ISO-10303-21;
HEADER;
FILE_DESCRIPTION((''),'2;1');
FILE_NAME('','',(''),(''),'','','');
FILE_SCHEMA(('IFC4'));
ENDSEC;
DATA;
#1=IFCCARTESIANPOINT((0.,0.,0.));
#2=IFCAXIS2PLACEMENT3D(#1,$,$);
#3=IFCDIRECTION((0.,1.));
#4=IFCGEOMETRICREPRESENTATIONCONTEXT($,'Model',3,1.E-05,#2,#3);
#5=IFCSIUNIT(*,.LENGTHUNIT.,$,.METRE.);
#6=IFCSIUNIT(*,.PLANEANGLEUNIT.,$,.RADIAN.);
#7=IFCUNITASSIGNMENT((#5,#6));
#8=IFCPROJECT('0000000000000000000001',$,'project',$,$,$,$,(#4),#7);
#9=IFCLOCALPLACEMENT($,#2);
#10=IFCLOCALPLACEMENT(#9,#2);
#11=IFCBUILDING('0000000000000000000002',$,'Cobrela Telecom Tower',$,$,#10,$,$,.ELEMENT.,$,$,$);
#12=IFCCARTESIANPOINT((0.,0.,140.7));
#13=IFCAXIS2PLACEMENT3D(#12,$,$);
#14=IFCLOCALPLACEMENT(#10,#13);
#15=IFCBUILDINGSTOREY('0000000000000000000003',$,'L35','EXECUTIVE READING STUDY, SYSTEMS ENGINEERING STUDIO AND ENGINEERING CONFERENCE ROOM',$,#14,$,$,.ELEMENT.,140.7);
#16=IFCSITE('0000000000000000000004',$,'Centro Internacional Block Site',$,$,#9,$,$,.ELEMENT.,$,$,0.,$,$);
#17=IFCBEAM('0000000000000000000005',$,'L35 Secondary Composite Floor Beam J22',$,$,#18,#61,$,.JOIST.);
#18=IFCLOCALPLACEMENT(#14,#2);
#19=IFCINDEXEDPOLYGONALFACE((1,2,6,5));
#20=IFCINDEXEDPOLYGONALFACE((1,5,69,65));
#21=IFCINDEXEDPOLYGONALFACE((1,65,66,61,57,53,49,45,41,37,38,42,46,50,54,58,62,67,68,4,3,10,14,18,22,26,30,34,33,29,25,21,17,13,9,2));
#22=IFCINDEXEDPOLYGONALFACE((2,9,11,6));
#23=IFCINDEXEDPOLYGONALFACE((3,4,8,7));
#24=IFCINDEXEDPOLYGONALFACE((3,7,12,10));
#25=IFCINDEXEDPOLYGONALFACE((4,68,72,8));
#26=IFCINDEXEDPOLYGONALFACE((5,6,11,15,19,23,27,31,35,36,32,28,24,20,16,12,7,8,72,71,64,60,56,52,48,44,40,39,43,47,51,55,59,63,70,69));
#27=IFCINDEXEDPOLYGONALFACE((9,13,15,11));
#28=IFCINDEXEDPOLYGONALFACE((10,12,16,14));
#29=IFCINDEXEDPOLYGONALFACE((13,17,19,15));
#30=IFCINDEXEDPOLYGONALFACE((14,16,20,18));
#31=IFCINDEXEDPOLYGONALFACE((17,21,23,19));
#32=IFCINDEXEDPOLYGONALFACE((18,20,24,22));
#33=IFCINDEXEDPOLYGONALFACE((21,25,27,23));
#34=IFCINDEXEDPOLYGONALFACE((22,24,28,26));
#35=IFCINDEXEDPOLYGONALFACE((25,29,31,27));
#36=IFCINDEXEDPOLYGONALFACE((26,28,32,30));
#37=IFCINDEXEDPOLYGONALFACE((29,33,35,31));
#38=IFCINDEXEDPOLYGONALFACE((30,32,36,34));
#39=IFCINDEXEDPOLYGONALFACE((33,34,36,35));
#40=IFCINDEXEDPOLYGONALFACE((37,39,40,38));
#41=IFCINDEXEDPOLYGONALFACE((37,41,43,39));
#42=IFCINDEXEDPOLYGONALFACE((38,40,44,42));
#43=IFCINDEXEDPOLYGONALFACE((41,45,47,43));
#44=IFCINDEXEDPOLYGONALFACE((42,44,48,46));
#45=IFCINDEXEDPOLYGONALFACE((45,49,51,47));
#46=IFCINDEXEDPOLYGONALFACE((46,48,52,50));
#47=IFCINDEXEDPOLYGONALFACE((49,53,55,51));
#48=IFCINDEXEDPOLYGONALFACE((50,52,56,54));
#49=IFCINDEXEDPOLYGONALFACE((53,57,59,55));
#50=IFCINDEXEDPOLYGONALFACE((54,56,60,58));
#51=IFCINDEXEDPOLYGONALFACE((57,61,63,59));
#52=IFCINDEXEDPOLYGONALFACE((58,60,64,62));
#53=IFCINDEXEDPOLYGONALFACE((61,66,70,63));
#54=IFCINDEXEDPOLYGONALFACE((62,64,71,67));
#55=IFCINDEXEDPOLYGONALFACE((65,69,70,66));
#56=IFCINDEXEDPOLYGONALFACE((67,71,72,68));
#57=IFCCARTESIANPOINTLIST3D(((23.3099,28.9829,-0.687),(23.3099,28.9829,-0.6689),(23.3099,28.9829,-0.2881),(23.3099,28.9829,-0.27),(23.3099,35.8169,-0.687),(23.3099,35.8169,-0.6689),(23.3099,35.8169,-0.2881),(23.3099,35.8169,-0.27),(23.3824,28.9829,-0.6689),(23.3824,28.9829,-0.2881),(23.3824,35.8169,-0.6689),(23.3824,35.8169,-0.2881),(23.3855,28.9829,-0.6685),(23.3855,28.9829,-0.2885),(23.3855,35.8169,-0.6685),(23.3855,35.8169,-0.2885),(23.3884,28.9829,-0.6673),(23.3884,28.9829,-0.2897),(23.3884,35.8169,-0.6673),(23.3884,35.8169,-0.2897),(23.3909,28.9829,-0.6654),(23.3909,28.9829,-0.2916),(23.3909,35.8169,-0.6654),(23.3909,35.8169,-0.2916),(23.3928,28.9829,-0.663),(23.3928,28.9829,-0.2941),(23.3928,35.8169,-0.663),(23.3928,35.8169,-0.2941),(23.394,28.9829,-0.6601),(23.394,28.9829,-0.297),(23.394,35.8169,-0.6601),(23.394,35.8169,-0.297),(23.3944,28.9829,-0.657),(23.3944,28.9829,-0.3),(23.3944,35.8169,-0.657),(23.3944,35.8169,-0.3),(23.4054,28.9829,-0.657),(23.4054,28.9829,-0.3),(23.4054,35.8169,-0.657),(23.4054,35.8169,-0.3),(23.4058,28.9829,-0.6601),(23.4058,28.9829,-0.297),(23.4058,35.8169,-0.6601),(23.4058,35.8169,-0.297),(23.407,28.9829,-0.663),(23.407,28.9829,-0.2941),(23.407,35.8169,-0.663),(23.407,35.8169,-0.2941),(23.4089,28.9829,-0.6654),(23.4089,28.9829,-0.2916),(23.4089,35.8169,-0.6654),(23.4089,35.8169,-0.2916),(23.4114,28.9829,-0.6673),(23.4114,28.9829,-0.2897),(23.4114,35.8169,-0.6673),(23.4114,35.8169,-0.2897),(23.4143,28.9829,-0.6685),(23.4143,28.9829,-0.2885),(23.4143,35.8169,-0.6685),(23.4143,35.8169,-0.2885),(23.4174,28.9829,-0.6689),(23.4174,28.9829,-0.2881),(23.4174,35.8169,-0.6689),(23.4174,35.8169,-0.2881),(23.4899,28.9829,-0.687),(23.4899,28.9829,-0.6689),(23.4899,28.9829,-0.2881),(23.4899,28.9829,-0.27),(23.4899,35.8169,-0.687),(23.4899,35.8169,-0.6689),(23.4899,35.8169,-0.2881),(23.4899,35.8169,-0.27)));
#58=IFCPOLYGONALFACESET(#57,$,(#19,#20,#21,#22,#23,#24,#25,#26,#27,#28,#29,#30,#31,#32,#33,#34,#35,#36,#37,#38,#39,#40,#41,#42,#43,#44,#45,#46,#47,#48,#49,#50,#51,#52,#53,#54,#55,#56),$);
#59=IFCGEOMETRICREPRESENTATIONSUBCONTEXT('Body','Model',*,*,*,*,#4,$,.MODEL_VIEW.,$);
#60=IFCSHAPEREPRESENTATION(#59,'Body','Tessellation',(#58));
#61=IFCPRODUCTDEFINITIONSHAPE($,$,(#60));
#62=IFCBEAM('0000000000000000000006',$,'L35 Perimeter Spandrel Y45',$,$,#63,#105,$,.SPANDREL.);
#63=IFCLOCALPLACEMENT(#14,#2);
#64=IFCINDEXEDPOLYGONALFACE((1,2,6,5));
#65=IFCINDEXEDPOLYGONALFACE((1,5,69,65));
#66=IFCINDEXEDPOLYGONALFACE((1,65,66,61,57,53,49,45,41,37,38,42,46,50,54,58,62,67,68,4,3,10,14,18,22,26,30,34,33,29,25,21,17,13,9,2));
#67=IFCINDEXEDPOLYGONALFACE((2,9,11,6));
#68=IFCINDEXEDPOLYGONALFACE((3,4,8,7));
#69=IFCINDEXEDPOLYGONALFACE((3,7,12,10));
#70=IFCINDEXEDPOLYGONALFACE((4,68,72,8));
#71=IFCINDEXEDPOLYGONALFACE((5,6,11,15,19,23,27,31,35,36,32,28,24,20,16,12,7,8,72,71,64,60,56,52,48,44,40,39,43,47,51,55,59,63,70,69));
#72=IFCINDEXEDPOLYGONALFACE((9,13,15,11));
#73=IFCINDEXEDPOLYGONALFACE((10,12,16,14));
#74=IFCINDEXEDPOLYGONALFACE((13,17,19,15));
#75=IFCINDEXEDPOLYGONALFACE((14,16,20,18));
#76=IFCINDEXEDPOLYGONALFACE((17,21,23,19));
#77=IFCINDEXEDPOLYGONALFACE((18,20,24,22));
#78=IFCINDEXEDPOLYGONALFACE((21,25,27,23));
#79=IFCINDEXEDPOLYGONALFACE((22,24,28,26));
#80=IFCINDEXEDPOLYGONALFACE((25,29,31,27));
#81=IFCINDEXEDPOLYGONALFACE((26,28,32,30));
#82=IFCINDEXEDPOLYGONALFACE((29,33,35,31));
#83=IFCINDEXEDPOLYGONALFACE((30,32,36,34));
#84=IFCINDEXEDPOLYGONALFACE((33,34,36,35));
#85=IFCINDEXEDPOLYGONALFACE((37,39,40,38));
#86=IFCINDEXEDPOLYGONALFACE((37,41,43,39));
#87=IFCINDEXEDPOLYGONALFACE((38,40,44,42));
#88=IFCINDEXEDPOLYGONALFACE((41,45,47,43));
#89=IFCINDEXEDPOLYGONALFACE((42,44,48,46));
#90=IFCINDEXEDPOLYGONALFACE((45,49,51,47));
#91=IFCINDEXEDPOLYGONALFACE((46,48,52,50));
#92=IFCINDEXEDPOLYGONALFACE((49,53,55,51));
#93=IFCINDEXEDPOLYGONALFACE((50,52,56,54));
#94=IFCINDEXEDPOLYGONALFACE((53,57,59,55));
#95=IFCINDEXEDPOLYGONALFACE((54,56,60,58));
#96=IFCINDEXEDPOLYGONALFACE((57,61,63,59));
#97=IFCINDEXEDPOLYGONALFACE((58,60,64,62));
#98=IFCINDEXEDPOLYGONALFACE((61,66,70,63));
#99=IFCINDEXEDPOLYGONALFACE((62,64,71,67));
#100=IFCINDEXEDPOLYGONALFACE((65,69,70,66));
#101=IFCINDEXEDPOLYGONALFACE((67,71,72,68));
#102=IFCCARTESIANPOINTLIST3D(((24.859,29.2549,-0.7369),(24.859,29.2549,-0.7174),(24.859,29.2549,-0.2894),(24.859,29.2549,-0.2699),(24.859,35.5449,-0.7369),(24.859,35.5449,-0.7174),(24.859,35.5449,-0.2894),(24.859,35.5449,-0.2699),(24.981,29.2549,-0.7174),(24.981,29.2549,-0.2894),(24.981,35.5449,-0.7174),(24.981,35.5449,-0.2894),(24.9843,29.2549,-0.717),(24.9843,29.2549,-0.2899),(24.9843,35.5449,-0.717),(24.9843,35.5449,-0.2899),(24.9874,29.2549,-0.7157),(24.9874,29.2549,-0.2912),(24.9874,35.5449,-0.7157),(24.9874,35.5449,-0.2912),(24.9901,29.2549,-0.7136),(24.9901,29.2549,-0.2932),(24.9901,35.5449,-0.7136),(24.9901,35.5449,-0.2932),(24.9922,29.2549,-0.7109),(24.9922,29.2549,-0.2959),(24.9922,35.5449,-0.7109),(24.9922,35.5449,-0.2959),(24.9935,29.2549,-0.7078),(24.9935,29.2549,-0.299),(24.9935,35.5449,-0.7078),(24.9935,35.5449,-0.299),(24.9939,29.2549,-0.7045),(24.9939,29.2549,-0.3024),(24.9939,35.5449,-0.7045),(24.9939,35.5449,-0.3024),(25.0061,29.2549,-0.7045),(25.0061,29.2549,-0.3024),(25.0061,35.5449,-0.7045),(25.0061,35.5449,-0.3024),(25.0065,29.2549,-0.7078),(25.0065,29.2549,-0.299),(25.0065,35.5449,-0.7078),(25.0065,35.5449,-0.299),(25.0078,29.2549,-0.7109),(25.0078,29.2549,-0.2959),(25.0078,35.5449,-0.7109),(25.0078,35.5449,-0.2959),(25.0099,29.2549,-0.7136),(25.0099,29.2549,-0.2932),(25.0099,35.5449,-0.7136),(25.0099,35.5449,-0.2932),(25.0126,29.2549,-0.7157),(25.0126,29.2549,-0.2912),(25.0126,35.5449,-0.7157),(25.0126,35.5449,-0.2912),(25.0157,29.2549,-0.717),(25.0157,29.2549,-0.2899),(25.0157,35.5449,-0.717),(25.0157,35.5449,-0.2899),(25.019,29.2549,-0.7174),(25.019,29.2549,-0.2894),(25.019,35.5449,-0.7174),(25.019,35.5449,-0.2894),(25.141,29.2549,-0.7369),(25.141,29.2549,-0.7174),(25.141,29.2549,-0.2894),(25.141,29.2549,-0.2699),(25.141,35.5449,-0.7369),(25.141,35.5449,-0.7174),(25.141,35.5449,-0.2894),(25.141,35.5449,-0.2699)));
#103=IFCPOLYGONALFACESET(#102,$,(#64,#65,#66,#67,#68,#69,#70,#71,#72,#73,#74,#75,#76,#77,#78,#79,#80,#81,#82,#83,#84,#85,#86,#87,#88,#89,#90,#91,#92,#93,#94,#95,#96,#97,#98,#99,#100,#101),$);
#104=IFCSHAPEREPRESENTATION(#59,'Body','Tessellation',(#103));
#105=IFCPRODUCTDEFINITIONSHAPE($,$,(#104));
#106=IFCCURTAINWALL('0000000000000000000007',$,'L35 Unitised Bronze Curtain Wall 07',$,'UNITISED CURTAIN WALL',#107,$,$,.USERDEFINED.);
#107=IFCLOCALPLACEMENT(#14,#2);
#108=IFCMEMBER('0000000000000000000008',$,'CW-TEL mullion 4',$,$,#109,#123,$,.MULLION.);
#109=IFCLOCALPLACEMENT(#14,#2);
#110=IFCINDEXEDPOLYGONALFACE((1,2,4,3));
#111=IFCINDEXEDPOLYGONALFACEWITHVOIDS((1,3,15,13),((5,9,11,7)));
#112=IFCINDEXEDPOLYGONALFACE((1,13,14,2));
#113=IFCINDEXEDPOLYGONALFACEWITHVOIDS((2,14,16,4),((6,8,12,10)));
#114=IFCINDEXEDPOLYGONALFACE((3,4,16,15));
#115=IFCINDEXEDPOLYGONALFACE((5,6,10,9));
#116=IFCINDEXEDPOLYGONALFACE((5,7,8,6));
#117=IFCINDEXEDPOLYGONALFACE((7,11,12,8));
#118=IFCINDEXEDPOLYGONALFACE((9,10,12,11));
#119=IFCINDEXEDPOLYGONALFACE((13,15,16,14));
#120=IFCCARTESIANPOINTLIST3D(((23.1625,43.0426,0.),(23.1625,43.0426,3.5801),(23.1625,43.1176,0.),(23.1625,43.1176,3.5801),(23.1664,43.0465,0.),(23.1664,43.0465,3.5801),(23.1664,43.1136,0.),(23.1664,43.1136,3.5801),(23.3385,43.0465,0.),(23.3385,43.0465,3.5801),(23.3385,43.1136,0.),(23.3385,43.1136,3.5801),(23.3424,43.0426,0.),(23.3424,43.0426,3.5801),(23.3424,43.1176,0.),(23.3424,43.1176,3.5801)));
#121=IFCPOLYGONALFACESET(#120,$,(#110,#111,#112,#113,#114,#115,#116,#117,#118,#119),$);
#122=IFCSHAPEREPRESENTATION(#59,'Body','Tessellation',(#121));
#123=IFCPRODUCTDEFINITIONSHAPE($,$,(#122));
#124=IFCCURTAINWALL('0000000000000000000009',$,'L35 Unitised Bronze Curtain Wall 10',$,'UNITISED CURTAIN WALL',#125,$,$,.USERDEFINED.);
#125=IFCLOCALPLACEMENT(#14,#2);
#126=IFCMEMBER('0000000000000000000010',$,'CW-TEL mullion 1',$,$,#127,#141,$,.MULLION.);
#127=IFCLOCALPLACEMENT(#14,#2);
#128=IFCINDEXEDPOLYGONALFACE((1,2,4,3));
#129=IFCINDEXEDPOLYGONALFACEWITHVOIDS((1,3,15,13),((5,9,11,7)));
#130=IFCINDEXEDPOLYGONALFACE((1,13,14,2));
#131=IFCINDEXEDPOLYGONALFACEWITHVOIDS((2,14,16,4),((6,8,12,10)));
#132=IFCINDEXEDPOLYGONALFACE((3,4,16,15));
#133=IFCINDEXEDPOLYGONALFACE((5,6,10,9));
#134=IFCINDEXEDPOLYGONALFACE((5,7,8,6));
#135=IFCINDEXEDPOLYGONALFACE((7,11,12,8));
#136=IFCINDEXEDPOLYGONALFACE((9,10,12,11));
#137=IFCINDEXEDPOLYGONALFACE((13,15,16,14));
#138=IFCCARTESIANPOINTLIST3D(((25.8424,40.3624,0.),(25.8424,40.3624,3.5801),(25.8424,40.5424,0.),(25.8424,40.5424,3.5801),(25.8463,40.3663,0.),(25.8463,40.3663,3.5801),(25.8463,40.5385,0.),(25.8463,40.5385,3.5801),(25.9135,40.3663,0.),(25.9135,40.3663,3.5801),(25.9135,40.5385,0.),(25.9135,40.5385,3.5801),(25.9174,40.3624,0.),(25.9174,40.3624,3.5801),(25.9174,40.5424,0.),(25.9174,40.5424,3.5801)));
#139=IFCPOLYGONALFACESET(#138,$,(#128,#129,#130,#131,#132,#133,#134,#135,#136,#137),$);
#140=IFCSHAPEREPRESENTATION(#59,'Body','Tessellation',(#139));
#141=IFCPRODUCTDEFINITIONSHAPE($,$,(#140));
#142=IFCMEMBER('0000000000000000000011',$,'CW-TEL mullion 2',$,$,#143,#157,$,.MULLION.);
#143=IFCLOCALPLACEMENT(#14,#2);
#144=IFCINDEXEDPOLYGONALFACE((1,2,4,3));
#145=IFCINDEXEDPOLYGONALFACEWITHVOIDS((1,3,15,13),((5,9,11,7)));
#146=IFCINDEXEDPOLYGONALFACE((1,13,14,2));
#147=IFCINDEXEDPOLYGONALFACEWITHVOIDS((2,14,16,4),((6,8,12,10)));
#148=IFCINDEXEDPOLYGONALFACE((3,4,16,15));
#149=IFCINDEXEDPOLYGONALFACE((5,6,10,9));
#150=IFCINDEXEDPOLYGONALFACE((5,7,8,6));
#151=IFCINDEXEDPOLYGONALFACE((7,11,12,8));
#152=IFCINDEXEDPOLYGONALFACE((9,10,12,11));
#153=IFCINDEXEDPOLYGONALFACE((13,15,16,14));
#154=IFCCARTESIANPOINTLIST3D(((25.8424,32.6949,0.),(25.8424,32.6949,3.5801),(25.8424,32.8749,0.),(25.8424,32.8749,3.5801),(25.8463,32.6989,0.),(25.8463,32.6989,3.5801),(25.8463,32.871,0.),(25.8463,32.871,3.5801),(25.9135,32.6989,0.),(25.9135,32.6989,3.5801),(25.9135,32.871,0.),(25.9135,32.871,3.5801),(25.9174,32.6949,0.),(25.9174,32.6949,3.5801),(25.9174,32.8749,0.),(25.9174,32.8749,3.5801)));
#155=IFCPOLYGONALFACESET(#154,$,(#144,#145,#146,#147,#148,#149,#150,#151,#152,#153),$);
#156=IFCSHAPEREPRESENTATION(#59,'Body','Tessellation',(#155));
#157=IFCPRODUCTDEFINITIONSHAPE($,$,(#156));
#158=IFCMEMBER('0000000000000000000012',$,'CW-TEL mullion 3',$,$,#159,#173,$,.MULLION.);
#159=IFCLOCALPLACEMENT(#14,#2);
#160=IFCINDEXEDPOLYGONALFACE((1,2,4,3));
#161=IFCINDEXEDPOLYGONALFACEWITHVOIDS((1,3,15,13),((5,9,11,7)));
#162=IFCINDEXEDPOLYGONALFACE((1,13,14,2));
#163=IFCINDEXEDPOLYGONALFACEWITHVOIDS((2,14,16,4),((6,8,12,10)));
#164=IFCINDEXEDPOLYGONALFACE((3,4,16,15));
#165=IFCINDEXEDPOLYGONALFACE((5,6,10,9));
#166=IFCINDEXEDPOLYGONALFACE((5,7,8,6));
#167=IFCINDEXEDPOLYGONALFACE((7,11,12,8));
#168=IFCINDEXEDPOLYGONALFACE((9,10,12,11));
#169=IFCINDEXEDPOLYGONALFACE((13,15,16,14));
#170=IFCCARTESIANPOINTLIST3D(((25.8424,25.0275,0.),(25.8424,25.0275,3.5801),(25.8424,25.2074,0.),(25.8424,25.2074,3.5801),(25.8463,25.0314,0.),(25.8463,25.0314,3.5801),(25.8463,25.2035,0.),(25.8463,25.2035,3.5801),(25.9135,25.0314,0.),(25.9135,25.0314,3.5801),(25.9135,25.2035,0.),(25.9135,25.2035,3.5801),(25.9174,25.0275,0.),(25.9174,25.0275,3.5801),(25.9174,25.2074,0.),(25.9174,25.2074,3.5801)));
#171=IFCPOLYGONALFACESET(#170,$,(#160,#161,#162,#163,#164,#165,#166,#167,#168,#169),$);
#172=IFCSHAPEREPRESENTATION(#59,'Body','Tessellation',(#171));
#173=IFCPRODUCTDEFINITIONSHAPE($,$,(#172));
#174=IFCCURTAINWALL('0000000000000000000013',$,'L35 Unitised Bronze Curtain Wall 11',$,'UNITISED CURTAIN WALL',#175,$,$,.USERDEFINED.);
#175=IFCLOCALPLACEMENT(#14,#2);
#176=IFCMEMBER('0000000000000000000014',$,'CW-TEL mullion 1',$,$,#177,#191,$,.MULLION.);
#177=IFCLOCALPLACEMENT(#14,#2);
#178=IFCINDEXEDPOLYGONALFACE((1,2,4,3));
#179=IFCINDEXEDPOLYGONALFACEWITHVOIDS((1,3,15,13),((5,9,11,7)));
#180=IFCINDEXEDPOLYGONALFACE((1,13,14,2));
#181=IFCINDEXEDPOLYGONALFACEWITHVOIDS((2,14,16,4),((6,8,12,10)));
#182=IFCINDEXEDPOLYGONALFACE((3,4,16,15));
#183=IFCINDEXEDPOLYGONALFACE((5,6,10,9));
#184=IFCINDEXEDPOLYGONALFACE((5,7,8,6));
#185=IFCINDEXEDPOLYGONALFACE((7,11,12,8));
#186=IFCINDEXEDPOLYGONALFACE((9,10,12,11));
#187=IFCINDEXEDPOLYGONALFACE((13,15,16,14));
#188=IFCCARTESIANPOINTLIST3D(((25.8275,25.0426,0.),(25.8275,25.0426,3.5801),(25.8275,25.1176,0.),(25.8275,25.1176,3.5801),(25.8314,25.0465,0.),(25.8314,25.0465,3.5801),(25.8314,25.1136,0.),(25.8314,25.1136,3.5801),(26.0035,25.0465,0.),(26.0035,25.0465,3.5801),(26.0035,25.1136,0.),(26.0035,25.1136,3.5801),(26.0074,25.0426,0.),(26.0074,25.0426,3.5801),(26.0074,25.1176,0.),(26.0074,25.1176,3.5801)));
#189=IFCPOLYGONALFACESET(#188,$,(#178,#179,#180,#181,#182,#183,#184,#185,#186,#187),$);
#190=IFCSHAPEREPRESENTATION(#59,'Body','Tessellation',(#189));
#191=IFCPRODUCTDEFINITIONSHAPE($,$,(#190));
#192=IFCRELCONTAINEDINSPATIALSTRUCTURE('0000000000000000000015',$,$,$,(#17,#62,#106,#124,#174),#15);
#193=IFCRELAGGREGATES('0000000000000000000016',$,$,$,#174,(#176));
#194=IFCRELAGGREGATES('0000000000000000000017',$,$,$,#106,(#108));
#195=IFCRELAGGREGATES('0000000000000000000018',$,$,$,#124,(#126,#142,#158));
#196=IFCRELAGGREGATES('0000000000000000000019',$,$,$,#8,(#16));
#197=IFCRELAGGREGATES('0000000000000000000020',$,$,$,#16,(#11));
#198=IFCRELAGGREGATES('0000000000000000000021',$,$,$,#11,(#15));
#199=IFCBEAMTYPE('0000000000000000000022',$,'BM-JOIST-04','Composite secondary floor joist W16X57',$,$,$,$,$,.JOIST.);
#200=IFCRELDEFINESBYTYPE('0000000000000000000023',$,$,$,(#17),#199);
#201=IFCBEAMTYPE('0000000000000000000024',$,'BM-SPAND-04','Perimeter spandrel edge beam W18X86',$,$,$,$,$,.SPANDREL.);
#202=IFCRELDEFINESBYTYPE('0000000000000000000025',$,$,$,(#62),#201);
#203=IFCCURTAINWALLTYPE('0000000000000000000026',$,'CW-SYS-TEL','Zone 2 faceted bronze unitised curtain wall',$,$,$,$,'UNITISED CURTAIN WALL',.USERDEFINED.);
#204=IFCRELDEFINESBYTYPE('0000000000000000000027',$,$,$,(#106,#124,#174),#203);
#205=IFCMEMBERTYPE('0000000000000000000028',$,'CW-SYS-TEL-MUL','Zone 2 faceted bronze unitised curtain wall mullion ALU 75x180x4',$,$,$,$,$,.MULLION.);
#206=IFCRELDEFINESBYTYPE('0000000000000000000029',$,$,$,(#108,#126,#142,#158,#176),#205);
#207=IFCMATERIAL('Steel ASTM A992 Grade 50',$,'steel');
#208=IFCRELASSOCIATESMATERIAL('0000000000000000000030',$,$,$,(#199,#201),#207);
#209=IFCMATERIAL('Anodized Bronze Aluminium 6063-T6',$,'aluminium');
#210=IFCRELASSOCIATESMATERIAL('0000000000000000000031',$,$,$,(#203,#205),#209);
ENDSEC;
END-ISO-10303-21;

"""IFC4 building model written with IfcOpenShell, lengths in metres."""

from ifc_helpers import new_model, si_unit, direction, frame, origin, origin_2d, place, context, subcontext, project, spatial, hollow_rectangle, i_section, extrude, material, material_profile, profile_set, type_object, element, aggregate, save


model = new_model("IFC4")

# Units and contexts
model_context = context("Model", 3, precision=1e-05, world=origin(), true_north=direction((0.0, 1.0)))
body_context = subcontext(model_context, "Body", "Model", "MODEL_VIEW")
ifc_project = project(units=[si_unit("LENGTHUNIT", "METRE"), si_unit("PLANEANGLEUNIT", "RADIAN")], contexts=[model_context])

# Site, building, storey
site_placement = place(None, origin())
site = spatial("IfcSite", under=ifc_project, at=site_placement, Name="Centro Internacional Block Site", CompositionType="ELEMENT", RefElevation=0.0)
building_placement = place(site_placement, origin())
building = spatial("IfcBuilding", under=site, at=building_placement, Name="Cobrela Telecom Tower", CompositionType="ELEMENT")
storey_placement = place(building_placement, frame((0.0, 0.0, 140.7)))
storey = spatial("IfcBuildingStorey", under=building, at=storey_placement, Name="L35", Description="EXECUTIVE READING STUDY, SYSTEMS ENGINEERING STUDIO AND ENGINEERING CONFERENCE ROOM", CompositionType="ELEMENT", Elevation=140.7)

# Shared definitions
ifc_material_1 = material(Name="Steel ASTM A992 Grade 50", Category="steel")

# Beams
ifc_material_profile_1 = material_profile(ifc_material_1, i_section(OverallWidth=0.1799, OverallDepth=0.417, WebThickness=0.011, FlangeThickness=0.0181, FilletRadius=0.012, at=origin_2d()), Name="W16X57")
ifc_profile_set_1 = profile_set([ifc_material_profile_1], Name="Steel ASTM A992 Grade 50")
beam_type_1 = type_object("IfcBeamType", Name="BM-JOIST-04", Description="Composite secondary floor joist W16X57", PredefinedType="JOIST", material=ifc_profile_set_1)
for number, where, z_axis, x_axis, name in (
    (1, (23.3999, 28.9829, -0.4785), (0.0, 1.0, 0.0), (-1.0, 0.0, 0.0), "L35 Secondary Composite Floor Beam J22"),
):
    element("IfcBeam", number, at=place(storey_placement, frame(where, z_axis=z_axis, x_axis=x_axis)), inside=storey, type_object=beam_type_1, Name=name, PredefinedType="JOIST", context=body_context, shape_type="SweptSolid", body=[
        extrude(i_section(OverallWidth=0.1799, OverallDepth=0.417, WebThickness=0.011, FlangeThickness=0.0181, FilletRadius=0.012, at=origin_2d()), origin(), (0.0, 0.0, 1.0), 6.834),
    ])
ifc_material_profile_2 = material_profile(ifc_material_1, i_section(OverallWidth=0.282, OverallDepth=0.467, WebThickness=0.0122, FlangeThickness=0.0195, FilletRadius=0.0129, at=origin_2d()), Name="W18X86")
ifc_profile_set_2 = profile_set([ifc_material_profile_2], Name="Steel ASTM A992 Grade 50")
beam_type_2 = type_object("IfcBeamType", Name="BM-SPAND-04", Description="Perimeter spandrel edge beam W18X86", PredefinedType="SPANDREL", material=ifc_profile_set_2)
beam_1_placement = place(storey_placement, frame((25.0, 29.2549, -0.5034), z_axis=(0.0, 1.0, 0.0), x_axis=(-1.0, 0.0, 0.0)))
element("IfcBeam", 2, at=beam_1_placement, inside=storey, type_object=beam_type_2, Name="L35 Perimeter Spandrel Y45", PredefinedType="SPANDREL", context=body_context, shape_type="SweptSolid", body=[
    extrude(i_section(OverallWidth=0.282, OverallDepth=0.467, WebThickness=0.0122, FlangeThickness=0.0195, FilletRadius=0.0129, at=origin_2d()), origin(), (0.0, 0.0, 1.0), 6.29),
])

# Curtain wall, member
ifc_material_2 = material(Name="Anodized Bronze Aluminium 6063-T6", Category="aluminium")
curtain_wall_type = type_object("IfcCurtainWallType", Name="CW-SYS-TEL", Description="Zone 2 faceted bronze unitised curtain wall", ElementType="UNITISED CURTAIN WALL", PredefinedType="USERDEFINED", material=ifc_material_2)
curtain_wall_1_placement = place(storey_placement, origin())
curtain_wall_1 = element("IfcCurtainWall", 3, at=curtain_wall_1_placement, inside=storey, type_object=curtain_wall_type, Name="L35 Unitised Bronze Curtain Wall 07", ObjectType="UNITISED CURTAIN WALL", PredefinedType="USERDEFINED")
ifc_material_profile_3 = material_profile(ifc_material_2, hollow_rectangle(XDim=0.075, YDim=0.1799, WallThickness=0.0039, at=origin_2d()), Name="ALU 75x180x4")
ifc_profile_set_3 = profile_set([ifc_material_profile_3], Name="Anodized Bronze Aluminium 6063-T6")
member_type_1 = type_object("IfcMemberType", Name="CW-SYS-TEL-MUL", Description="Zone 2 faceted bronze unitised curtain wall mullion ALU 75x180x4", PredefinedType="MULLION", material=ifc_profile_set_3)
member_1_placement = place(storey_placement, frame((23.2524, 43.0801, 0.0), z_axis=(0.0, 0.0, 1.0), x_axis=(0.0, 1.0, 0.0)))
member_1 = element("IfcMember", 4, at=member_1_placement, type_object=member_type_1, Name="CW-TEL mullion 4", PredefinedType="MULLION", context=body_context, shape_type="SweptSolid", body=[
    extrude(hollow_rectangle(XDim=0.075, YDim=0.1799, WallThickness=0.0039, at=origin_2d()), origin(), (0.0, 0.0, 1.0), 3.5801),
])

# Curtain wall, members
curtain_wall_2_placement = place(storey_placement, origin())
curtain_wall_2 = element("IfcCurtainWall", 5, at=curtain_wall_2_placement, inside=storey, type_object=curtain_wall_type, Name="L35 Unitised Bronze Curtain Wall 10", ObjectType="UNITISED CURTAIN WALL", PredefinedType="USERDEFINED")
member_2_placement = place(storey_placement, frame((25.8799, 40.4524, 0.0), z_axis=(0.0, 0.0, 1.0), x_axis=(1.0, 0.0, 0.0)))
member_2 = element("IfcMember", 6, at=member_2_placement, type_object=member_type_1, Name="CW-TEL mullion 1", PredefinedType="MULLION", context=body_context, shape_type="SweptSolid", body=[
    extrude(hollow_rectangle(XDim=0.075, YDim=0.1799, WallThickness=0.0039, at=origin_2d()), origin(), (0.0, 0.0, 1.0), 3.5801),
])
member_3_placement = place(storey_placement, frame((25.8799, 32.7849, 0.0), z_axis=(0.0, 0.0, 1.0), x_axis=(1.0, 0.0, 0.0)))
member_3 = element("IfcMember", 7, at=member_3_placement, type_object=member_type_1, Name="CW-TEL mullion 2", PredefinedType="MULLION", context=body_context, shape_type="SweptSolid", body=[
    extrude(hollow_rectangle(XDim=0.075, YDim=0.1799, WallThickness=0.0039, at=origin_2d()), origin(), (0.0, 0.0, 1.0), 3.5801),
])
member_4_placement = place(storey_placement, frame((25.8799, 25.1174, 0.0), z_axis=(0.0, 0.0, 1.0), x_axis=(1.0, 0.0, 0.0)))
member_4 = element("IfcMember", 8, at=member_4_placement, type_object=member_type_1, Name="CW-TEL mullion 3", PredefinedType="MULLION", context=body_context, shape_type="SweptSolid", body=[
    extrude(hollow_rectangle(XDim=0.075, YDim=0.1799, WallThickness=0.0039, at=origin_2d()), origin(), (0.0, 0.0, 1.0), 3.5801),
])

# Curtain wall, member
curtain_wall_3_placement = place(storey_placement, origin())
curtain_wall_3 = element("IfcCurtainWall", 9, at=curtain_wall_3_placement, inside=storey, type_object=curtain_wall_type, Name="L35 Unitised Bronze Curtain Wall 11", ObjectType="UNITISED CURTAIN WALL", PredefinedType="USERDEFINED")
member_5_placement = place(storey_placement, frame((25.9175, 25.0801, 0.0), z_axis=(0.0, 0.0, 1.0), x_axis=(0.0, 1.0, 0.0)))
member_5 = element("IfcMember", 10, at=member_5_placement, type_object=member_type_1, Name="CW-TEL mullion 1", PredefinedType="MULLION", context=body_context, shape_type="SweptSolid", body=[
    extrude(hollow_rectangle(XDim=0.075, YDim=0.1799, WallThickness=0.0039, at=origin_2d()), origin(), (0.0, 0.0, 1.0), 3.5801),
])

aggregate(curtain_wall_3, [member_5])

aggregate(curtain_wall_1, [member_1])
aggregate(curtain_wall_2, [member_2, member_3, member_4])

save(model, "model.ifc")
